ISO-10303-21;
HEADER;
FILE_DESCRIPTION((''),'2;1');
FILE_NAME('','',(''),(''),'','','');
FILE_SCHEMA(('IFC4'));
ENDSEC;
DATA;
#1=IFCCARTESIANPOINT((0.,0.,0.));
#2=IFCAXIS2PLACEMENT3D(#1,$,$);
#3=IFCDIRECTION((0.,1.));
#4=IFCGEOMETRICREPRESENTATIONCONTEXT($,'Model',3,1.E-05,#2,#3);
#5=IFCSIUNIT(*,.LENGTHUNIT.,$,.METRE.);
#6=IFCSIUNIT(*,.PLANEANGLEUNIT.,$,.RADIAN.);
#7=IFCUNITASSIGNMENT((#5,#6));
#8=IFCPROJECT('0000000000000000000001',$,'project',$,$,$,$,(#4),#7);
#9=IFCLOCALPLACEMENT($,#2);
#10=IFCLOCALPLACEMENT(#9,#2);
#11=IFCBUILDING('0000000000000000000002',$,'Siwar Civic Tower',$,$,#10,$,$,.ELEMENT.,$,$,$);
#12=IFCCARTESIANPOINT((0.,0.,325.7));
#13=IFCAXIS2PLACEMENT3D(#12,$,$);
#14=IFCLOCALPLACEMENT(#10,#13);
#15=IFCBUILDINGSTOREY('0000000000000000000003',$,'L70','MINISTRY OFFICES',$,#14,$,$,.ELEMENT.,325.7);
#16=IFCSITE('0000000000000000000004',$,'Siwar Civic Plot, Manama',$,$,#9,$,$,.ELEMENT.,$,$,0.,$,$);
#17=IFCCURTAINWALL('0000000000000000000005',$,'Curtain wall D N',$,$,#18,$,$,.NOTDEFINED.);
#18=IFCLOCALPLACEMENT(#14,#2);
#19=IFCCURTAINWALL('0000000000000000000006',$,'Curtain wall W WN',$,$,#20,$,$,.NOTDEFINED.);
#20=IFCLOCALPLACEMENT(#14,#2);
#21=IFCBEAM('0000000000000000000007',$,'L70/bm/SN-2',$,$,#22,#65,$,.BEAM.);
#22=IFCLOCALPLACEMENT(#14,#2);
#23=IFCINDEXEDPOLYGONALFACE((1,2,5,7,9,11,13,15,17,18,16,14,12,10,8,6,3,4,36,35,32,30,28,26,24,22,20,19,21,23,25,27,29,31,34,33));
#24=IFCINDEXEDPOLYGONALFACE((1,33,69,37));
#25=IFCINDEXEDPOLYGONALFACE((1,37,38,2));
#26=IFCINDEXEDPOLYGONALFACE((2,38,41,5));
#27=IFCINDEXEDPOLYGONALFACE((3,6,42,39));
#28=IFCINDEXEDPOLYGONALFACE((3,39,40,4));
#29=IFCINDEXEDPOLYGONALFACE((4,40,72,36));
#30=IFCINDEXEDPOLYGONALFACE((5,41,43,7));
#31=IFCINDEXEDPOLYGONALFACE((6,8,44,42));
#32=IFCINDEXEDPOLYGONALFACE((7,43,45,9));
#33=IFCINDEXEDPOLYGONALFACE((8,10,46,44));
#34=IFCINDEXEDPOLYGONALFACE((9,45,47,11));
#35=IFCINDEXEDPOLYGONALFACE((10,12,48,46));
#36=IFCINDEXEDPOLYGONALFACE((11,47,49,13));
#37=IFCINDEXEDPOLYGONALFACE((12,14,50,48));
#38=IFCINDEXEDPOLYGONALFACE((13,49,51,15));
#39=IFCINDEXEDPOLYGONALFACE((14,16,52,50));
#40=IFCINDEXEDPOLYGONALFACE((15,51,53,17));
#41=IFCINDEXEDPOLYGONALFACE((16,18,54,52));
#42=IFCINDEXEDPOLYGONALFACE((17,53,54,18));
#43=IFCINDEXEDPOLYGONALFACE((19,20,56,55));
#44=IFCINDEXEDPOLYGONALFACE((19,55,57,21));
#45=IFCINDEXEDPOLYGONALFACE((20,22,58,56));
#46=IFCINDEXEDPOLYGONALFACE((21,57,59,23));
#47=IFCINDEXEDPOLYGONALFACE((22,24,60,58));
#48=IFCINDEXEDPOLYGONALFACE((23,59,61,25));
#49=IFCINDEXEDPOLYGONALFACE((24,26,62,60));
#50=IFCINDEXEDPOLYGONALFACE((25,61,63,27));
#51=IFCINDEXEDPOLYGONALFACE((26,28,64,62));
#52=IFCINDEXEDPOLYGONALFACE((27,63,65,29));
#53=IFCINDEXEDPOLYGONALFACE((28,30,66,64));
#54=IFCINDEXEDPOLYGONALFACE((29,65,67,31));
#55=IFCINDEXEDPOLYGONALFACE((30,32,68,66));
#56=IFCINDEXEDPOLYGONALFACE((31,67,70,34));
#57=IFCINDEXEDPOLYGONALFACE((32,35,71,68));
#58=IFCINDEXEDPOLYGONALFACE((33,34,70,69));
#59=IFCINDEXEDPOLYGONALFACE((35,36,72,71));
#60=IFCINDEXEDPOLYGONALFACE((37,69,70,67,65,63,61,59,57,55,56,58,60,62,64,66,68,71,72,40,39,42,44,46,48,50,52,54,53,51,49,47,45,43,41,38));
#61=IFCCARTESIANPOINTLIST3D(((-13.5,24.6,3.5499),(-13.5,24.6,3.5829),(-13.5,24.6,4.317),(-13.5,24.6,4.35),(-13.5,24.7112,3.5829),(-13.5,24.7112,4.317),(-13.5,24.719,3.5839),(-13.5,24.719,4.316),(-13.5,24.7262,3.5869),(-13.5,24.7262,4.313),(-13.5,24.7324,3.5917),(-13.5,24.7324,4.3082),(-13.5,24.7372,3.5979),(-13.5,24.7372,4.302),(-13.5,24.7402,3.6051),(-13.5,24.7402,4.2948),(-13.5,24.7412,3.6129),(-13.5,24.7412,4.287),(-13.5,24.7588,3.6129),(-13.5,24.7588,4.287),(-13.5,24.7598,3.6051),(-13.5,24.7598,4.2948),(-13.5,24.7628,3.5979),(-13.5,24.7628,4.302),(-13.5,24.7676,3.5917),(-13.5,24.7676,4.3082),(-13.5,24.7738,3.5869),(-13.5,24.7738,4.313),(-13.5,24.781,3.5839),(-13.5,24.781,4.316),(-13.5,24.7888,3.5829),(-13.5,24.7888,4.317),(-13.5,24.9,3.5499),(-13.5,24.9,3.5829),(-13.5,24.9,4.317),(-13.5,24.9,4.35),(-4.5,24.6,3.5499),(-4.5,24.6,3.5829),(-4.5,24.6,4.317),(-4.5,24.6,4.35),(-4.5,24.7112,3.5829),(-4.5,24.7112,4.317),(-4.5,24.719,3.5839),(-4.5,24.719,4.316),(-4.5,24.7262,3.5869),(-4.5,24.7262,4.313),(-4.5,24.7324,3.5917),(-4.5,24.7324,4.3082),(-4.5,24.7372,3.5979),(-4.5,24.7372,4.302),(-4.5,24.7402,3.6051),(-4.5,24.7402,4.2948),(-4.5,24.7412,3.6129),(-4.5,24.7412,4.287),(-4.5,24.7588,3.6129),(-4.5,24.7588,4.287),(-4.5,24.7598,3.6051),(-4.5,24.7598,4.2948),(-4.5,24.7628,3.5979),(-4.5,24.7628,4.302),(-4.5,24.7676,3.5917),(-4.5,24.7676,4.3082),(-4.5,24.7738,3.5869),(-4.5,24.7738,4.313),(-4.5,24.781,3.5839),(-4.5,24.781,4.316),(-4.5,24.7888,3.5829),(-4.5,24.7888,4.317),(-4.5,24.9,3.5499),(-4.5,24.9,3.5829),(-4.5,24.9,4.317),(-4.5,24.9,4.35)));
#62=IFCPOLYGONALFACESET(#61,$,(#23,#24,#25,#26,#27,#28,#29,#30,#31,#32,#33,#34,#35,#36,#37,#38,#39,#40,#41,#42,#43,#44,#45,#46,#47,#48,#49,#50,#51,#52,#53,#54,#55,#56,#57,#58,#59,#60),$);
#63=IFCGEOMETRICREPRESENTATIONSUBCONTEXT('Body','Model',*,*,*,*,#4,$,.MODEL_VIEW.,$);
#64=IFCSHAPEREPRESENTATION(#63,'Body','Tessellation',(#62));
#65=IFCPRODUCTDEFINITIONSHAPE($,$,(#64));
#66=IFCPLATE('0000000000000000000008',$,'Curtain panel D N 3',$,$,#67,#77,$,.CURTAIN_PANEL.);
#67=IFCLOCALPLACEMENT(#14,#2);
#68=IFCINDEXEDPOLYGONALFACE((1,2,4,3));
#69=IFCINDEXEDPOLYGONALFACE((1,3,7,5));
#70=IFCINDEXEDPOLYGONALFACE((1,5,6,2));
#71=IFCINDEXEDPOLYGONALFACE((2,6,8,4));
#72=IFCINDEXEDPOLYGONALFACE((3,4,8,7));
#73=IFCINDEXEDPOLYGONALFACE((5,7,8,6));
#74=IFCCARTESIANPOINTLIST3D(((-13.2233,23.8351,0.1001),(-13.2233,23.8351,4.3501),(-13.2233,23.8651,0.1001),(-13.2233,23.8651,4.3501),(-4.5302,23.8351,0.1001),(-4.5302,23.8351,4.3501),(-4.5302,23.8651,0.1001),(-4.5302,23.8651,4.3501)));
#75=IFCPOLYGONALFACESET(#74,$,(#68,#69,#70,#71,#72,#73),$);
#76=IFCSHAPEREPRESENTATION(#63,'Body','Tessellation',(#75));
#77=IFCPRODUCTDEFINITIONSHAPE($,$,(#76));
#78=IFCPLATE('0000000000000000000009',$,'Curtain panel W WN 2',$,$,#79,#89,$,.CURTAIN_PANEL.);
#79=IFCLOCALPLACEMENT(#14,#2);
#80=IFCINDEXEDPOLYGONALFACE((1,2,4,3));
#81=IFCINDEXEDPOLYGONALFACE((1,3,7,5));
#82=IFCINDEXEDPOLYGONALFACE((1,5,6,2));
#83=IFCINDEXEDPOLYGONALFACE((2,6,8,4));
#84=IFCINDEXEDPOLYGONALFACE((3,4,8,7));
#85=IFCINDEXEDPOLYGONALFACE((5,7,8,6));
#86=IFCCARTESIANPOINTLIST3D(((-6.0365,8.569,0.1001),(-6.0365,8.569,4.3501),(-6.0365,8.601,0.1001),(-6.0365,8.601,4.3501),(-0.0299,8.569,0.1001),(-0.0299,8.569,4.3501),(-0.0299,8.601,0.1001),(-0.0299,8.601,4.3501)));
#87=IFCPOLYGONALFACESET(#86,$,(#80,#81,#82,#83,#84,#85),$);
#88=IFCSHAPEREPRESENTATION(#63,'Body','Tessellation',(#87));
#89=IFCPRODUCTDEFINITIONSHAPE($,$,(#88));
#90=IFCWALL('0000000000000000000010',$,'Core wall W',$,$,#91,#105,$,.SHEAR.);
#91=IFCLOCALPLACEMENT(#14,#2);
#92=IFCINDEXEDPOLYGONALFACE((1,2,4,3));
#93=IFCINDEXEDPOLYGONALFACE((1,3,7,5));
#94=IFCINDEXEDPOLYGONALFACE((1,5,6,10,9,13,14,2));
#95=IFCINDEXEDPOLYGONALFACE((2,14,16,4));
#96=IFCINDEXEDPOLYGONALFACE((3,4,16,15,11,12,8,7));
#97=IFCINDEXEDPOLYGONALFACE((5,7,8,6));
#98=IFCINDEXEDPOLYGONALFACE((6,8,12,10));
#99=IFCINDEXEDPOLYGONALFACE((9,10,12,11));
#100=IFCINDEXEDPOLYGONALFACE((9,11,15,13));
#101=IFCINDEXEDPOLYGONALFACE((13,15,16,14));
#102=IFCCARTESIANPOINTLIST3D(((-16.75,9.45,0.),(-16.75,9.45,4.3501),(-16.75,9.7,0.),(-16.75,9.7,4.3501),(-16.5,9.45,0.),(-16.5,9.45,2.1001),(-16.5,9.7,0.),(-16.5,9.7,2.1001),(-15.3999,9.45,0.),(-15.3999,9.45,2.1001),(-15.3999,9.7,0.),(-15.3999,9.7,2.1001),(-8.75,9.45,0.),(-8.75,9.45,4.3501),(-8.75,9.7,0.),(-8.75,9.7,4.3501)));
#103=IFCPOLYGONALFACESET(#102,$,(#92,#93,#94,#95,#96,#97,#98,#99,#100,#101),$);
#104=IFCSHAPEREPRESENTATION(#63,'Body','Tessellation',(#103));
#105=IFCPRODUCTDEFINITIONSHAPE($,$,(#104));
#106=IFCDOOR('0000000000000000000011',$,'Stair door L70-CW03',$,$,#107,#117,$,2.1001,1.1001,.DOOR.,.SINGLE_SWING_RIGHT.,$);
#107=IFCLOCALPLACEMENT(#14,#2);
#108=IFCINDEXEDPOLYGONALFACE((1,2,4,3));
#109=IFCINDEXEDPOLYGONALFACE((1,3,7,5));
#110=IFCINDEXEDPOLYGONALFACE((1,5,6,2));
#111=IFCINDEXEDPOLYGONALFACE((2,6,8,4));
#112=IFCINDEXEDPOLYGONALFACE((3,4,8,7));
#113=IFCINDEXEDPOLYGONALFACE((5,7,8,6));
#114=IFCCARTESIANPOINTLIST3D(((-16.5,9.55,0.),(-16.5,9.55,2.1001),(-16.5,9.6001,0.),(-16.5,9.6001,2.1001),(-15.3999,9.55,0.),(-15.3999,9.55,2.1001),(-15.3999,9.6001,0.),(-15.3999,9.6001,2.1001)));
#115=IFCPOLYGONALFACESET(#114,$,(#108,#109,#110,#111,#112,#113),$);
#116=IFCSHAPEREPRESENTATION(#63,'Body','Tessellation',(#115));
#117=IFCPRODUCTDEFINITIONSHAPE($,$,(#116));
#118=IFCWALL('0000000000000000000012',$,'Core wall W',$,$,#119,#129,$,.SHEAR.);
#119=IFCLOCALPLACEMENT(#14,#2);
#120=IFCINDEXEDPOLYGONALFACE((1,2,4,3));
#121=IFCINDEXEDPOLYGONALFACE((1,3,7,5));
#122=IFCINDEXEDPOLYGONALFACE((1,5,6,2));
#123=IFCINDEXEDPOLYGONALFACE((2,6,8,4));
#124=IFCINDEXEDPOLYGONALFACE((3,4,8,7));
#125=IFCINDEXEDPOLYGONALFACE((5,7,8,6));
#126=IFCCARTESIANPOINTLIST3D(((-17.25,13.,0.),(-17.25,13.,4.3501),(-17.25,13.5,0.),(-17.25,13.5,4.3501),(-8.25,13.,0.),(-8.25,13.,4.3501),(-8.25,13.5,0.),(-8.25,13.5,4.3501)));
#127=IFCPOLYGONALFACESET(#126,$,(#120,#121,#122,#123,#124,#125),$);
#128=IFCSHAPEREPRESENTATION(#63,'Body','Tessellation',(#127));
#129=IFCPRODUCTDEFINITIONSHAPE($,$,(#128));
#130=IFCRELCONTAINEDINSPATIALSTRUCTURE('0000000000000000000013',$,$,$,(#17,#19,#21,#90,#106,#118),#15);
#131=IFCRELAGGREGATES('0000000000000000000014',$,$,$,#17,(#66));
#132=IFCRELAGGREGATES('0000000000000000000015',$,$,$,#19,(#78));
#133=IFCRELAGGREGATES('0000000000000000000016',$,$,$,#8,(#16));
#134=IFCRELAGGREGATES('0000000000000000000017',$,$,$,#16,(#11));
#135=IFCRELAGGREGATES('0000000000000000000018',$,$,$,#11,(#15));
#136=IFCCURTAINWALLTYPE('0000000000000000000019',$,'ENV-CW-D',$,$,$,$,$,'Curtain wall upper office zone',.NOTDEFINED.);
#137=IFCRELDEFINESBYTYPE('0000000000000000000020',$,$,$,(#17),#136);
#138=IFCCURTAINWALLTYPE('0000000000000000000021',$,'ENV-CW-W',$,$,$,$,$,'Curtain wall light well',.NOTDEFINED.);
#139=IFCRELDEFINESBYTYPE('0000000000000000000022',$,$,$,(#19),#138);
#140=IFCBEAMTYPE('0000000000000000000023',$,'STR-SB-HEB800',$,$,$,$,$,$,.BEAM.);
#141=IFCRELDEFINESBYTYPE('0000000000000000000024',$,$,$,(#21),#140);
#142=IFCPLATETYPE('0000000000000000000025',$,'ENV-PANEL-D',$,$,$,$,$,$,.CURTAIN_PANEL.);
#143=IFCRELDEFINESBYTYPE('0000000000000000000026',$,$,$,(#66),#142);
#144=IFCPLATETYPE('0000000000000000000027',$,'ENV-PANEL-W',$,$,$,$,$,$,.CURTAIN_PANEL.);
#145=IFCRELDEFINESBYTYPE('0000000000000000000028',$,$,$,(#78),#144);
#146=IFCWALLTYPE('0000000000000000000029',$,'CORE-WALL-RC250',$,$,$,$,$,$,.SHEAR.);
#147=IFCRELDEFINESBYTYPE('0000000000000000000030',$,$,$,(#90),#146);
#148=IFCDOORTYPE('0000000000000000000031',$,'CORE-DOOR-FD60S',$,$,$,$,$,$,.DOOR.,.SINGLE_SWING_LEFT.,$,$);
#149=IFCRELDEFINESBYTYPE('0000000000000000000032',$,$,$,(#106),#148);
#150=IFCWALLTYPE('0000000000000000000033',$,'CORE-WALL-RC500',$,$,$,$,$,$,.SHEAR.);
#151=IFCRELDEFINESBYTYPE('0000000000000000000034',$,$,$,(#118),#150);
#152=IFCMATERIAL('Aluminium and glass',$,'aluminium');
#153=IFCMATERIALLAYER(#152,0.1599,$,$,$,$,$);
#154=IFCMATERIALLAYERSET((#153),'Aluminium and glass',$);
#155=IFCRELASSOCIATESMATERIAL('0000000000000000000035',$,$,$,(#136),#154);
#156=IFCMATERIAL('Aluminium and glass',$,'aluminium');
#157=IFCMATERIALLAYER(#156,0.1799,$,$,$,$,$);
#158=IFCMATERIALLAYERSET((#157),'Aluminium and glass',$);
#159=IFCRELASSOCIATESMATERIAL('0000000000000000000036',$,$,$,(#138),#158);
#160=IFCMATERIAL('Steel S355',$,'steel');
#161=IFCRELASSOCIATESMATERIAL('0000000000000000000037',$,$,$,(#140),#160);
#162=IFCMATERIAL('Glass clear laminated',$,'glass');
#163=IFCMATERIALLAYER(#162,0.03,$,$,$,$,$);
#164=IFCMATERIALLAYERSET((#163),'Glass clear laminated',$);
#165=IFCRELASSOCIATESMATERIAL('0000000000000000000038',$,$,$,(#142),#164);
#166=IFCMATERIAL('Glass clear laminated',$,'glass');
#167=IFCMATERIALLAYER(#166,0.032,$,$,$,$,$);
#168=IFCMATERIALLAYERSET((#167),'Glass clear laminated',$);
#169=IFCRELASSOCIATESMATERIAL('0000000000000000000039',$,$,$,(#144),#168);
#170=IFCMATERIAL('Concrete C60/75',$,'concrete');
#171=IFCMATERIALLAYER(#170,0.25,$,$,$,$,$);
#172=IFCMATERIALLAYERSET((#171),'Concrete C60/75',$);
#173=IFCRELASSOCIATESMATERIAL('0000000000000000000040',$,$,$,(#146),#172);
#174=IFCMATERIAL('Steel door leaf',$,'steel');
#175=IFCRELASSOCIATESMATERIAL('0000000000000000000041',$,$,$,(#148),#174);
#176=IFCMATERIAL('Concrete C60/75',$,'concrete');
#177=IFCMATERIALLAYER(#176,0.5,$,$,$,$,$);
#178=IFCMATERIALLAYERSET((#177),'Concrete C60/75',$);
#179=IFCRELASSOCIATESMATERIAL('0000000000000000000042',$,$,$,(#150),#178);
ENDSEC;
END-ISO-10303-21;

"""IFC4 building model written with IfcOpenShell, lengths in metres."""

from ifc_helpers import new_model, si_unit, direction, frame, frame_2d, origin, origin_2d, place, context, subcontext, project, spatial, rectangle, i_section, extrude, material, layer, layer_set, material_profile, profile_set, type_object, element, fill, aggregate, save


model = new_model("IFC4")

# Units and contexts
model_context = context("Model", 3, precision=1e-05, world=origin(), true_north=direction((0.0, 1.0)))
body_context = subcontext(model_context, "Body", "Model", "MODEL_VIEW")
ifc_project = project(units=[si_unit("LENGTHUNIT", "METRE"), si_unit("PLANEANGLEUNIT", "RADIAN")], contexts=[model_context])

# Site, building, storey
site_placement = place(None, origin())
site = spatial("IfcSite", under=ifc_project, at=site_placement, Name="Siwar Civic Plot, Manama", CompositionType="ELEMENT", RefElevation=0.0)
building_placement = place(site_placement, origin())
building = spatial("IfcBuilding", under=site, at=building_placement, Name="Siwar Civic Tower", CompositionType="ELEMENT")
storey_placement = place(building_placement, frame((0.0, 0.0, 325.7)))
storey = spatial("IfcBuildingStorey", under=building, at=storey_placement, Name="L70", Description="MINISTRY OFFICES", CompositionType="ELEMENT", Elevation=325.7)

# Curtain walls
ifc_material_1 = material(Name="Aluminium and glass", Category="aluminium")
ifc_layer_1 = layer(ifc_material_1, 0.1599)
ifc_layer_set_1 = layer_set([ifc_layer_1], Name="Aluminium and glass")
curtain_wall_type_1 = type_object("IfcCurtainWallType", Name="ENV-CW-D", ElementType="Curtain wall upper office zone", PredefinedType="NOTDEFINED", material=ifc_layer_set_1)
curtain_wall_1_placement = place(storey_placement, origin())
curtain_wall_1 = element("IfcCurtainWall", 1, at=curtain_wall_1_placement, inside=storey, type_object=curtain_wall_type_1, Name="Curtain wall D N", PredefinedType="NOTDEFINED")
ifc_material_2 = material(Name="Aluminium and glass", Category="aluminium")
ifc_layer_2 = layer(ifc_material_2, 0.1799)
ifc_layer_set_2 = layer_set([ifc_layer_2], Name="Aluminium and glass")
curtain_wall_type_2 = type_object("IfcCurtainWallType", Name="ENV-CW-W", ElementType="Curtain wall light well", PredefinedType="NOTDEFINED", material=ifc_layer_set_2)
curtain_wall_2_placement = place(storey_placement, origin())
curtain_wall_2 = element("IfcCurtainWall", 2, at=curtain_wall_2_placement, inside=storey, type_object=curtain_wall_type_2, Name="Curtain wall W WN", PredefinedType="NOTDEFINED")

# Beam
ifc_material_3 = material(Name="Steel S355", Category="steel")
ifc_material_profile_1 = material_profile(ifc_material_3, i_section(OverallWidth=0.3, OverallDepth=0.8, WebThickness=0.0176, FlangeThickness=0.033, FilletRadius=0.03, at=origin_2d()), Name="HEB800")
ifc_profile_set_1 = profile_set([ifc_material_profile_1], Name="Steel S355")
beam_type_1 = type_object("IfcBeamType", Name="STR-SB-HEB800", PredefinedType="BEAM", material=ifc_profile_set_1)
beam_1_placement = place(storey_placement, frame((-4.5, 24.75, 3.95), z_axis=(-1.0, 0.0, 0.0), x_axis=(0.0, -1.0, 0.0)))
element("IfcBeam", 3, at=beam_1_placement, inside=storey, type_object=beam_type_1, Name="L70/bm/SN-2", PredefinedType="BEAM", context=body_context, shape_type="SweptSolid", body=[
    extrude(i_section(OverallWidth=0.3, OverallDepth=0.8, WebThickness=0.0176, FlangeThickness=0.033, FilletRadius=0.03, at=origin_2d()), origin(), (0.0, 0.0, 1.0), 9.0),
])

# Plates
ifc_material_4 = material(Name="Glass clear laminated", Category="glass")
ifc_layer_3 = layer(ifc_material_4, 0.03)
ifc_layer_set_3 = layer_set([ifc_layer_3], Name="Glass clear laminated")
plate_type_1 = type_object("IfcPlateType", Name="ENV-PANEL-D", PredefinedType="CURTAIN_PANEL", material=ifc_layer_set_3)
plate_1_placement = place(storey_placement, frame((-8.8767, 23.8501, 0.1001), z_axis=(0.0, 0.0, 1.0), x_axis=(-1.0, 0.0, 0.0)))
plate_1 = element("IfcPlate", 4, at=plate_1_placement, type_object=plate_type_1, Name="Curtain panel D N 3", PredefinedType="CURTAIN_PANEL", context=body_context, shape_type="SweptSolid", body=[
    extrude(rectangle(XDim=8.6931, YDim=0.03, at=origin_2d()), origin(), (0.0, 0.0, 1.0), 4.25),
])
aggregate(curtain_wall_1, [plate_1])
ifc_material_5 = material(Name="Glass clear laminated", Category="glass")
ifc_layer_4 = layer(ifc_material_5, 0.032)
ifc_layer_set_4 = layer_set([ifc_layer_4], Name="Glass clear laminated")
plate_type_2 = type_object("IfcPlateType", Name="ENV-PANEL-W", PredefinedType="CURTAIN_PANEL", material=ifc_layer_set_4)
plate_2_placement = place(storey_placement, frame((-3.0332, 8.585, 0.1001), z_axis=(0.0, 0.0, 1.0), x_axis=(-1.0, 0.0, 0.0)))
plate_2 = element("IfcPlate", 5, at=plate_2_placement, type_object=plate_type_2, Name="Curtain panel W WN 2", PredefinedType="CURTAIN_PANEL", context=body_context, shape_type="SweptSolid", body=[
    extrude(rectangle(XDim=6.0066, YDim=0.032, at=origin_2d()), origin(), (0.0, 0.0, 1.0), 4.25),
])
aggregate(curtain_wall_2, [plate_2])

# Wall, opening, door
ifc_material_6 = material(Name="Concrete C60/75", Category="concrete")
ifc_layer_5 = layer(ifc_material_6, 0.25)
ifc_layer_set_5 = layer_set([ifc_layer_5], Name="Concrete C60/75")
wall_type_1 = type_object("IfcWallType", Name="CORE-WALL-RC250", PredefinedType="SHEAR", material=ifc_layer_set_5)
wall_1_placement = place(storey_placement, frame((-8.75, 9.575, 0.0), z_axis=(0.0, 0.0, 1.0), x_axis=(-1.0, 0.0, 0.0)))
wall_1 = element("IfcWall", 6, at=wall_1_placement, inside=storey, type_object=wall_type_1, Name="Core wall W", PredefinedType="SHEAR", context=body_context, shape_type="SweptSolid", body=[
    extrude(rectangle(XDim=8.0, YDim=0.25, at=frame_2d((4.0, 0.0))), origin(), (0.0, 0.0, 1.0), 4.3501),
])
opening_1_placement = place(wall_1_placement, frame((6.6499, 0.0, 0.0)))
opening_1 = element("IfcOpeningElement", 7, at=opening_1_placement, cuts=wall_1, PredefinedType="OPENING", context=body_context, shape_type="SweptSolid", body=[
    extrude(rectangle(XDim=1.1001, YDim=2.1001, at=frame_2d((0.55, 1.05))), frame((0.0, 0.135, 0.0), z_axis=(0.0, -1.0, 0.0), x_axis=(1.0, 0.0, 0.0)), (0.0, 0.0, 1.0), 0.27),
])
ifc_material_7 = material(Name="Steel door leaf", Category="steel")
door_type_1 = type_object("IfcDoorType", Name="CORE-DOOR-FD60S", OperationType="SINGLE_SWING_LEFT", PredefinedType="DOOR", material=ifc_material_7)
door_1_placement = place(opening_1_placement, origin())
door_1 = element("IfcDoor", 8, at=door_1_placement, inside=storey, type_object=door_type_1, Name="Stair door L70-CW03", OperationType="SINGLE_SWING_RIGHT", OverallHeight=2.1001, OverallWidth=1.1001, PredefinedType="DOOR", context=body_context, shape_type="SweptSolid", body=[
    extrude(rectangle(XDim=1.1001, YDim=2.1001, at=frame_2d((0.55, 1.05))), frame((0.0, 0.0249, 0.0), z_axis=(0.0, -1.0, 0.0), x_axis=(1.0, 0.0, 0.0)), (0.0, 0.0, 1.0), 0.05),
])
fill(opening_1, door_1)

# Wall
ifc_material_8 = material(Name="Concrete C60/75", Category="concrete")
ifc_layer_6 = layer(ifc_material_8, 0.5)
ifc_layer_set_6 = layer_set([ifc_layer_6], Name="Concrete C60/75")
wall_type_2 = type_object("IfcWallType", Name="CORE-WALL-RC500", PredefinedType="SHEAR", material=ifc_layer_set_6)
wall_2_placement = place(storey_placement, frame((-8.25, 13.25, 0.0), z_axis=(0.0, 0.0, 1.0), x_axis=(-1.0, 0.0, 0.0)))
element("IfcWall", 9, at=wall_2_placement, inside=storey, type_object=wall_type_2, Name="Core wall W", PredefinedType="SHEAR", context=body_context, shape_type="SweptSolid", body=[
    extrude(rectangle(XDim=9.0, YDim=0.5, at=frame_2d((4.5, 0.0))), origin(), (0.0, 0.0, 1.0), 4.3501),
])

save(model, "model.ifc")
